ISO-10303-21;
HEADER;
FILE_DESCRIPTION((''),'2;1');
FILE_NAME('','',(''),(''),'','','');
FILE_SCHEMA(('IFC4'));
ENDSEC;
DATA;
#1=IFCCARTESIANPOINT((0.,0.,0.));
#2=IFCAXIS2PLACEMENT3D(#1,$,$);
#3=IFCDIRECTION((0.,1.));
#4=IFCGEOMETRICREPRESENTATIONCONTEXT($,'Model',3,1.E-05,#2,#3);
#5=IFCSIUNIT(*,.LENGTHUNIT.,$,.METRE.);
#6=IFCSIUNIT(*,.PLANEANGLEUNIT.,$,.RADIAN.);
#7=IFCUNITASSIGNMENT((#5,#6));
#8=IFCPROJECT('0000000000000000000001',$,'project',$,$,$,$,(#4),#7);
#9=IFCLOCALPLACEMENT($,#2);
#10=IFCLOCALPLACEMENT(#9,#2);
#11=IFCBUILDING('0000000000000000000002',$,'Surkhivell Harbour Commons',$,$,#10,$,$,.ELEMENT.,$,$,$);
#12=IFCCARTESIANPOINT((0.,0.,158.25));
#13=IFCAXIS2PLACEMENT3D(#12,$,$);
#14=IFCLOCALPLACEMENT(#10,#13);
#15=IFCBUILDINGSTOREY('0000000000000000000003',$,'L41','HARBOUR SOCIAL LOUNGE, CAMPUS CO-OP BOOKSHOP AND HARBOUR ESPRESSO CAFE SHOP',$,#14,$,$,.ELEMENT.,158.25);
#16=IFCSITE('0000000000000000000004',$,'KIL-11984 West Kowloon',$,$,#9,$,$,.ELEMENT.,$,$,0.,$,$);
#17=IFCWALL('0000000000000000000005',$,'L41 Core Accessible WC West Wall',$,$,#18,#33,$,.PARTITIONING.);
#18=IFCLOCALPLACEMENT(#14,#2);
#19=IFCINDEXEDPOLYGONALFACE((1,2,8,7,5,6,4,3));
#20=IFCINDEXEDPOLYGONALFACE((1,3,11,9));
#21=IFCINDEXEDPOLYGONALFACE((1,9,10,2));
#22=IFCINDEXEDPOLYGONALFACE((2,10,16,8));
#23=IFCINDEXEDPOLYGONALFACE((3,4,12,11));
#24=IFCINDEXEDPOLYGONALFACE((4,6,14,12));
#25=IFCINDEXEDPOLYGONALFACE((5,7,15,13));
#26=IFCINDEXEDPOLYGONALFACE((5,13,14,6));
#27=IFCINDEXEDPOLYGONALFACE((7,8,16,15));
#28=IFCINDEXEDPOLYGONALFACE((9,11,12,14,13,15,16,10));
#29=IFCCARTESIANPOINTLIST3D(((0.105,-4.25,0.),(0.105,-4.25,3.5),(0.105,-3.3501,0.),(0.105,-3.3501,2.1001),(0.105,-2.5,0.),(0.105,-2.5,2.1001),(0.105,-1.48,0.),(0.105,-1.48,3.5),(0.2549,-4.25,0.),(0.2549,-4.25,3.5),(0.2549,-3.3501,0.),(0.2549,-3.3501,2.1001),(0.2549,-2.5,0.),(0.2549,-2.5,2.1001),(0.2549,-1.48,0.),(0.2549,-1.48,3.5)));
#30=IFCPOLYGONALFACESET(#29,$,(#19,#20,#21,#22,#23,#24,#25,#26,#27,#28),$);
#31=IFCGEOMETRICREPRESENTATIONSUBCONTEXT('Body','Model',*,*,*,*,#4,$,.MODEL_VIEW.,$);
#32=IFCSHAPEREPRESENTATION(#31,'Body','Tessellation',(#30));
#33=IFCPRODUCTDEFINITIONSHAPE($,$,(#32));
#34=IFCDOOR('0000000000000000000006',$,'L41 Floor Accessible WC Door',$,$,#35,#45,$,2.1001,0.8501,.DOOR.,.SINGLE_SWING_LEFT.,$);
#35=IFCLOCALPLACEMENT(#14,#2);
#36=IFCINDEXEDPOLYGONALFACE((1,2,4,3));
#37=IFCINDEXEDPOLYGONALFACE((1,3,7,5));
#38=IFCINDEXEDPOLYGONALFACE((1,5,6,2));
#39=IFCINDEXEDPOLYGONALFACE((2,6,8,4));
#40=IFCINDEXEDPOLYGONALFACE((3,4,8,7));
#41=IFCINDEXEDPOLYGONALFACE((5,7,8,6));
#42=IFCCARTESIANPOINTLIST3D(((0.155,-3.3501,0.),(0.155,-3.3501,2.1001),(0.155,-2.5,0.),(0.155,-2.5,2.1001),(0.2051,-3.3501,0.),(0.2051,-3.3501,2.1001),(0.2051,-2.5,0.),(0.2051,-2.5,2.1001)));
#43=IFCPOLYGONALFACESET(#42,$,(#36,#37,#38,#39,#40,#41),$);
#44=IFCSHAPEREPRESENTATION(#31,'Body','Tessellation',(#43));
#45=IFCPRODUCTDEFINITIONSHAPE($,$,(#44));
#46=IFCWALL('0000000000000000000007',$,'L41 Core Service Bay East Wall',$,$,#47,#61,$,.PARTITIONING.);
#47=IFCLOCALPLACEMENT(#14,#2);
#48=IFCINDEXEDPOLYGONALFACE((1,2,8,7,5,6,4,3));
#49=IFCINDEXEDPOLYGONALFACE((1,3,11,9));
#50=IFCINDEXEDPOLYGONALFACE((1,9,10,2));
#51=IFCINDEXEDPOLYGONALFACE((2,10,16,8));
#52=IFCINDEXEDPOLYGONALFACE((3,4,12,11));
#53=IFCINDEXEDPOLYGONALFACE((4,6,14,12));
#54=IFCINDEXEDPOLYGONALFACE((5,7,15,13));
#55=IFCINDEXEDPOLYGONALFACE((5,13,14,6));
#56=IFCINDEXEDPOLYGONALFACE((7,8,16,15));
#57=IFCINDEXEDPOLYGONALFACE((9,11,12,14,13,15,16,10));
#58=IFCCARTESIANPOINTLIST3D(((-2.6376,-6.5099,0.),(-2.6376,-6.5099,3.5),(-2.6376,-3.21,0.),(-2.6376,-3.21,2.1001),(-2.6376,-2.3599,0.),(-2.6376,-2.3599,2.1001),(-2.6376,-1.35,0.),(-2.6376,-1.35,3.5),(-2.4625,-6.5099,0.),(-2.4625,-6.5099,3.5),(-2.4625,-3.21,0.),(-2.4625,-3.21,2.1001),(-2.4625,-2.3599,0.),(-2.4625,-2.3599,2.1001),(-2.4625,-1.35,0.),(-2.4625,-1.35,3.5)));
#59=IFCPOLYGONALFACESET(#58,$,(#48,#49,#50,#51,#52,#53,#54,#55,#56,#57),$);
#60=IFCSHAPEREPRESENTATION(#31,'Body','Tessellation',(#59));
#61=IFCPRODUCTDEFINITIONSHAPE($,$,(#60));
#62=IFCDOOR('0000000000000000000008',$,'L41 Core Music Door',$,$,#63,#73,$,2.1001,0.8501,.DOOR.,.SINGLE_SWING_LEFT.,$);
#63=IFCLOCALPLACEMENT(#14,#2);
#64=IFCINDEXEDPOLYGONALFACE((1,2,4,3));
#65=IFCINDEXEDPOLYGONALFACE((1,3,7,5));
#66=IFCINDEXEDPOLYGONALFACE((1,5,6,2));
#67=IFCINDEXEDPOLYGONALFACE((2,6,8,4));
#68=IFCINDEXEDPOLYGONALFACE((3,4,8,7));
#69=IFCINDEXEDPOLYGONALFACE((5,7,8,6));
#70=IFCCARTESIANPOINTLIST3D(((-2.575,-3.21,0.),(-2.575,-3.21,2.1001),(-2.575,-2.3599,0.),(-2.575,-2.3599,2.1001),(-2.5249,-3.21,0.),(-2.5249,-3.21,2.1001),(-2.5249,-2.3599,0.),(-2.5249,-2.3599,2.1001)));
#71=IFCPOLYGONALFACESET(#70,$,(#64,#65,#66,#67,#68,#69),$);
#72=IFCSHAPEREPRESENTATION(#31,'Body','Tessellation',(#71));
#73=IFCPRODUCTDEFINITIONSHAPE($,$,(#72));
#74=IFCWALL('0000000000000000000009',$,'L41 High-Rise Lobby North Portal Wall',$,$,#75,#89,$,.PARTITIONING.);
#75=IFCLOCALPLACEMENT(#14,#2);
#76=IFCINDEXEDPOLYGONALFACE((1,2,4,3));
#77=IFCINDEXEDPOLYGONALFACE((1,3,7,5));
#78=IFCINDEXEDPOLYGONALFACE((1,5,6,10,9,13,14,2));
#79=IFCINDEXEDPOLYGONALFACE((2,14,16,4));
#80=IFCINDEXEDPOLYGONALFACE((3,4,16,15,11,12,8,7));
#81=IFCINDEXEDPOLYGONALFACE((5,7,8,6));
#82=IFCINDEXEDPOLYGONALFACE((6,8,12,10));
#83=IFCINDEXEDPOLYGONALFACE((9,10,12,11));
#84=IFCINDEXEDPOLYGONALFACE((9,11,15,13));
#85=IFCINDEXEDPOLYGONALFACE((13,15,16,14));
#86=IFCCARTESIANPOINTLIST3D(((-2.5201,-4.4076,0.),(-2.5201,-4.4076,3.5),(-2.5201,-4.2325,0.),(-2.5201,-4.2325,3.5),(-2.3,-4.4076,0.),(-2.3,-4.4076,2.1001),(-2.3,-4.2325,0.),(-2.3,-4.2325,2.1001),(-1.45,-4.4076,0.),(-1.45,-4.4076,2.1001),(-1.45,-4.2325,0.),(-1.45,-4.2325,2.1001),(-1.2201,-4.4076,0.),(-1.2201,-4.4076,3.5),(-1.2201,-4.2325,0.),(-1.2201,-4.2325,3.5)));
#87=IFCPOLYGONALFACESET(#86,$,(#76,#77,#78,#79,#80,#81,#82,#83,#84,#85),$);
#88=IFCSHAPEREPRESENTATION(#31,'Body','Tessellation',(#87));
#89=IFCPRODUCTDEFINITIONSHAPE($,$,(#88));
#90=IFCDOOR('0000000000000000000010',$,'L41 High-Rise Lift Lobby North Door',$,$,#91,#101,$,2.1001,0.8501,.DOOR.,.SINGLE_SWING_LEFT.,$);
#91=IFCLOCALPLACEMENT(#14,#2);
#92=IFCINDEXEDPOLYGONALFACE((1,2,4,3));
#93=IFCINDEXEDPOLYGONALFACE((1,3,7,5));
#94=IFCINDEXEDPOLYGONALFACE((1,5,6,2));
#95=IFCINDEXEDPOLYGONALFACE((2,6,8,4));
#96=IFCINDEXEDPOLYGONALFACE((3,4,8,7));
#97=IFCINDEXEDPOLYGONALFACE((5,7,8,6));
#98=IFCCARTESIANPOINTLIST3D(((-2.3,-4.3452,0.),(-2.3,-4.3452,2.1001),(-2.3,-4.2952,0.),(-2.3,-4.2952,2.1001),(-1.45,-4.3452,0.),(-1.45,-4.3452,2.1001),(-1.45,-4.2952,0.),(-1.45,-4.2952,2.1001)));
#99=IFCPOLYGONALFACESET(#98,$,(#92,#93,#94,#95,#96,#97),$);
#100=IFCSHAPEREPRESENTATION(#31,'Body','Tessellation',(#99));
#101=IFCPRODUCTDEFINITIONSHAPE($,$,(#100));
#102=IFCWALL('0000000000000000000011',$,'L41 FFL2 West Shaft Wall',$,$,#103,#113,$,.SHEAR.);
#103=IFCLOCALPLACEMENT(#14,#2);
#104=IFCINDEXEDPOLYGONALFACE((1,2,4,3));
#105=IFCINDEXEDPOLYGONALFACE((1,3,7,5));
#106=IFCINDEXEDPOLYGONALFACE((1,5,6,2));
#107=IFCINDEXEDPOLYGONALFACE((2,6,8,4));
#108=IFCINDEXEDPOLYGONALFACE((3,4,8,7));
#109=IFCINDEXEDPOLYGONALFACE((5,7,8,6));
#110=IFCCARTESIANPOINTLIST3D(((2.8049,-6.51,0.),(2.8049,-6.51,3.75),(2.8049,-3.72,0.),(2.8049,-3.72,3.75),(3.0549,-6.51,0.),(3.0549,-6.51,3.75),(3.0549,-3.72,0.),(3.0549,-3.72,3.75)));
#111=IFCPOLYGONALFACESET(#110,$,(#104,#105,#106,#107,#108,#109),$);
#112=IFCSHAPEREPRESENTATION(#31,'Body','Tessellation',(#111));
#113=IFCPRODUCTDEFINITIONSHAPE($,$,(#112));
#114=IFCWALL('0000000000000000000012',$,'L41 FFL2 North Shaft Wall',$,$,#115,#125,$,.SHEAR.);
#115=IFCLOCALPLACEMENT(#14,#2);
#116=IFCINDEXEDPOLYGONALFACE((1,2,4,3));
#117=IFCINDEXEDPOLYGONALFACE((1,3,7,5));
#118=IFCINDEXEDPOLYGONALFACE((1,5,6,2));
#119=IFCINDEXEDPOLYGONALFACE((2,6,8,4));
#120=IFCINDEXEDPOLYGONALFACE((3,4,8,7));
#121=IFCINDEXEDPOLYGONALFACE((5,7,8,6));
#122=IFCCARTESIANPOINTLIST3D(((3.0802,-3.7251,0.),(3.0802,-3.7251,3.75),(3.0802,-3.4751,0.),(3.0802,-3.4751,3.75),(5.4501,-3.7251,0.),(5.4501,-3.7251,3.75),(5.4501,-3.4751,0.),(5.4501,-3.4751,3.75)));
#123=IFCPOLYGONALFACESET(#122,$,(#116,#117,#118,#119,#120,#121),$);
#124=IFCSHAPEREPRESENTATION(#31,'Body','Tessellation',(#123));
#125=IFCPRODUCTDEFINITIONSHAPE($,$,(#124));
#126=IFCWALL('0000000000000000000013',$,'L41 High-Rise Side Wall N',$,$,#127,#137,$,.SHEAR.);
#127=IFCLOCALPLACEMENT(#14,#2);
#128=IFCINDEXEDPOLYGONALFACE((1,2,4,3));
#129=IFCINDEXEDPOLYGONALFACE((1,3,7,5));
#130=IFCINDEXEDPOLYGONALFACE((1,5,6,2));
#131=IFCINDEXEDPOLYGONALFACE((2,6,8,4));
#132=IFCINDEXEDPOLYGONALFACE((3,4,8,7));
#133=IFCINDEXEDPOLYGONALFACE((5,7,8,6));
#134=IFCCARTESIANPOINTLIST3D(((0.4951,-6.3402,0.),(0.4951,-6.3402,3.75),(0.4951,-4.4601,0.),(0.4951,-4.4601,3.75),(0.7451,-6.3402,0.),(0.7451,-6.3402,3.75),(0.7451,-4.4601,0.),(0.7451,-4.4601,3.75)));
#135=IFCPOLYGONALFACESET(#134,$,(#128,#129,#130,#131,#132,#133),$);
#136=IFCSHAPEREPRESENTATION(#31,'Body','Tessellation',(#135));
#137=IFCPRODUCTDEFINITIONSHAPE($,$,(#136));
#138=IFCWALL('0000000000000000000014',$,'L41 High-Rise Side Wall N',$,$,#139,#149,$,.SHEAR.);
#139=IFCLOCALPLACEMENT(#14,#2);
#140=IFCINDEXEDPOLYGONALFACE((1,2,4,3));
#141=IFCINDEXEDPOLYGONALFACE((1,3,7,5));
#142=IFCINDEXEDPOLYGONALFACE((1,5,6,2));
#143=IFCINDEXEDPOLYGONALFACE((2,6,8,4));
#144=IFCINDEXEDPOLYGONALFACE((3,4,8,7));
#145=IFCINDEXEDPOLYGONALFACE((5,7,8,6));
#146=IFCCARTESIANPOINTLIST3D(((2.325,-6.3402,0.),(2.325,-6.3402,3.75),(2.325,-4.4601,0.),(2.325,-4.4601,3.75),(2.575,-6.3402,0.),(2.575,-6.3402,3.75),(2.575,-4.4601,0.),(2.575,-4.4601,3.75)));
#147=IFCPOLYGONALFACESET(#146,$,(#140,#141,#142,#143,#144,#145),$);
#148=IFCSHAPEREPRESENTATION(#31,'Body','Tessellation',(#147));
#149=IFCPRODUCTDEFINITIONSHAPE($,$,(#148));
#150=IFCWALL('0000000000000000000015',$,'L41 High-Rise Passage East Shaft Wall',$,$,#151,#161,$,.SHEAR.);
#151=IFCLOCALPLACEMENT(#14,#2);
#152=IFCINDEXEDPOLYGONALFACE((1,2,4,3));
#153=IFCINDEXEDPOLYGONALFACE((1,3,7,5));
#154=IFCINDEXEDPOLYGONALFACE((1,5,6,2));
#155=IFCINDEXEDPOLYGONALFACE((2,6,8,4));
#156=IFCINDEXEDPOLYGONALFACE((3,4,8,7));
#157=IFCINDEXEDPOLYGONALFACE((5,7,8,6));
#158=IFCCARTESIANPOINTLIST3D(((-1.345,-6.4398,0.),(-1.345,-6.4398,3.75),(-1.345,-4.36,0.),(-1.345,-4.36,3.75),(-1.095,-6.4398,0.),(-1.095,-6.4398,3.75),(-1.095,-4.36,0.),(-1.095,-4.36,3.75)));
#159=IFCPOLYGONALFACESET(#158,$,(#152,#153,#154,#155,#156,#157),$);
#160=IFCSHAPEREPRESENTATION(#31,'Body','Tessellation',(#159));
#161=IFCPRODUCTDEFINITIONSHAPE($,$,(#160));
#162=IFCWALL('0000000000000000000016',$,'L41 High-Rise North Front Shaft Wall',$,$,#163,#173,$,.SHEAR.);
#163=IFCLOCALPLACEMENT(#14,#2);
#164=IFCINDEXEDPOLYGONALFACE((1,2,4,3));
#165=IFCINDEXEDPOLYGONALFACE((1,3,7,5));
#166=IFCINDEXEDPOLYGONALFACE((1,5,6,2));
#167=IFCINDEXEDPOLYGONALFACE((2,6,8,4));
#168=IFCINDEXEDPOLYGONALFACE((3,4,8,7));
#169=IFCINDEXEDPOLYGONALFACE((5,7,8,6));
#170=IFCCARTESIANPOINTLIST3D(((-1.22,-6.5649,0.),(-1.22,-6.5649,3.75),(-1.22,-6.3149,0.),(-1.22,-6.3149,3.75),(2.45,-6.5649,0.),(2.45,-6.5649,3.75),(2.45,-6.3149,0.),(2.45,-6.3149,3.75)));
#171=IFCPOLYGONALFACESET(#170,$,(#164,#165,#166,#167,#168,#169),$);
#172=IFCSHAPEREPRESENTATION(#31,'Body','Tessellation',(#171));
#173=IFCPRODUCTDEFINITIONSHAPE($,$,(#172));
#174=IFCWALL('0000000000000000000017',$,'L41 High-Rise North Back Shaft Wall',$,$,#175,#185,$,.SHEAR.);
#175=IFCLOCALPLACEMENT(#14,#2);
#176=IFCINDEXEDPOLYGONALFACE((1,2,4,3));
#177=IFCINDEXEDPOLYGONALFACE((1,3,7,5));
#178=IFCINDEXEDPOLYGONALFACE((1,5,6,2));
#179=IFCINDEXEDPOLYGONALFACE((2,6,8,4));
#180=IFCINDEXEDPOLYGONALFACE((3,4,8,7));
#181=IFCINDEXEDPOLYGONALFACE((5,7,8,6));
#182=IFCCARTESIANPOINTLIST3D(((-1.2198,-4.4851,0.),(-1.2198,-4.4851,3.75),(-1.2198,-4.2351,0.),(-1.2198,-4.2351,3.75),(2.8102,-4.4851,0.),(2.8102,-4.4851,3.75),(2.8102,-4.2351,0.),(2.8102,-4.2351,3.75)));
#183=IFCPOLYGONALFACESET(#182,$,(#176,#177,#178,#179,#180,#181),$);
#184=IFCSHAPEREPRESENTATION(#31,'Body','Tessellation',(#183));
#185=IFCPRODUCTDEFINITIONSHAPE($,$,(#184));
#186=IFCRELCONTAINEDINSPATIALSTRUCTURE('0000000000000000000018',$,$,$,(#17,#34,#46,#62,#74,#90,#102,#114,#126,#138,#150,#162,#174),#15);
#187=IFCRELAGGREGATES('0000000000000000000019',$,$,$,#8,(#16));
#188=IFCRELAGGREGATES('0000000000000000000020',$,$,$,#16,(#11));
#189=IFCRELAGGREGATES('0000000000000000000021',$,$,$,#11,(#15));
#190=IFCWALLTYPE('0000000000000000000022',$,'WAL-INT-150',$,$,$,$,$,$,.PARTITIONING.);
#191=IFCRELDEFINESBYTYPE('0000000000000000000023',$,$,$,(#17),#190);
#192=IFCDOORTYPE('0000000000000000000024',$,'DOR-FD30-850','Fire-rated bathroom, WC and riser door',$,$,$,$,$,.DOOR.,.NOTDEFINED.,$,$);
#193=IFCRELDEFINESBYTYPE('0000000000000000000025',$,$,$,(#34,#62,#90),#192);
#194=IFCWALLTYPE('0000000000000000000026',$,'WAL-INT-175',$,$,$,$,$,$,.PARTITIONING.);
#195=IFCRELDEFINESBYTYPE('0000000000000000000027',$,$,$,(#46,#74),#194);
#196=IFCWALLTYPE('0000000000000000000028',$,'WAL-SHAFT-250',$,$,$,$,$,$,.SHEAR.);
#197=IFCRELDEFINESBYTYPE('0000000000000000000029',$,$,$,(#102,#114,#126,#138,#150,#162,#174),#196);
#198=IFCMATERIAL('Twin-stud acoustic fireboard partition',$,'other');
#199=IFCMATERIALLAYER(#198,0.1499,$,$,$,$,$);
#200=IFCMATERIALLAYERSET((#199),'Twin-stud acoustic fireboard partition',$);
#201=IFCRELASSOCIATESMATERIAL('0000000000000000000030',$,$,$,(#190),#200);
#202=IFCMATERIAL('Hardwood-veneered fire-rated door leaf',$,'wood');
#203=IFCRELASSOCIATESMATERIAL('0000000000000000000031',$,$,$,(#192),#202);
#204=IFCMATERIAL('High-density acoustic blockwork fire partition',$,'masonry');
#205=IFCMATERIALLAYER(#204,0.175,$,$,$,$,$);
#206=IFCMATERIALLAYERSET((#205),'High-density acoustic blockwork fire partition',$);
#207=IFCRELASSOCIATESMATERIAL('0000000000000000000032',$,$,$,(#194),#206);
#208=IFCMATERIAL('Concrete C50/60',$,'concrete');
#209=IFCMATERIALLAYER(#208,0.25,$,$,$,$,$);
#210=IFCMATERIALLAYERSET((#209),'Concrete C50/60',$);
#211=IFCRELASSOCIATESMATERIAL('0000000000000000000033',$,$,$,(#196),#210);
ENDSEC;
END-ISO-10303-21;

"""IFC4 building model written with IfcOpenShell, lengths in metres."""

from ifc_helpers import new_model, si_unit, direction, frame, frame_2d, origin, place, context, subcontext, project, spatial, rectangle, extrude, material, layer, layer_set, type_object, element, fill, save


model = new_model("IFC4")

# Units and contexts
model_context = context("Model", 3, precision=1e-05, world=origin(), true_north=direction((0.0, 1.0)))
body_context = subcontext(model_context, "Body", "Model", "MODEL_VIEW")
ifc_project = project(units=[si_unit("LENGTHUNIT", "METRE"), si_unit("PLANEANGLEUNIT", "RADIAN")], contexts=[model_context])

# Site, building, storey
site_placement = place(None, origin())
site = spatial("IfcSite", under=ifc_project, at=site_placement, Name="KIL-11984 West Kowloon", CompositionType="ELEMENT", RefElevation=0.0)
building_placement = place(site_placement, origin())
building = spatial("IfcBuilding", under=site, at=building_placement, Name="Surkhivell Harbour Commons", CompositionType="ELEMENT")
storey_placement = place(building_placement, frame((0.0, 0.0, 158.25)))
storey = spatial("IfcBuildingStorey", under=building, at=storey_placement, Name="L41", Description="HARBOUR SOCIAL LOUNGE, CAMPUS CO-OP BOOKSHOP AND HARBOUR ESPRESSO CAFE SHOP", CompositionType="ELEMENT", Elevation=158.25)

# Shared definitions
ifc_material_1 = material(Name="Twin-stud acoustic fireboard partition", Category="other")
ifc_layer_1 = layer(ifc_material_1, 0.1499)
ifc_layer_set_1 = layer_set([ifc_layer_1], Name="Twin-stud acoustic fireboard partition")
wall_type_1 = type_object("IfcWallType", Name="WAL-INT-150", PredefinedType="PARTITIONING", material=ifc_layer_set_1)

# Walls, openings, doors
wall_1_placement = place(storey_placement, frame((0.1799, -4.25, 0.0), z_axis=(0.0, 0.0, 1.0), x_axis=(0.0, 1.0, 0.0)))
wall_1 = element("IfcWall", 1, at=wall_1_placement, inside=storey, type_object=wall_type_1, Name="L41 Core Accessible WC West Wall", PredefinedType="PARTITIONING", context=body_context, shape_type="SweptSolid", body=[
    extrude(rectangle(XDim=2.77, YDim=0.1499, at=frame_2d((1.385, 0.0))), origin(), (0.0, 0.0, 1.0), 3.5),
])
opening_1_placement = place(wall_1_placement, frame((0.8999, 0.0, 0.0)))
opening_1 = element("IfcOpeningElement", 2, at=opening_1_placement, cuts=wall_1, PredefinedType="OPENING", context=body_context, shape_type="SweptSolid", body=[
    extrude(rectangle(XDim=0.8501, YDim=2.1001, at=frame_2d((0.425, 1.05))), frame((0.0, 0.085, 0.0), z_axis=(0.0, -1.0, 0.0), x_axis=(1.0, 0.0, 0.0)), (0.0, 0.0, 1.0), 0.1699),
])
ifc_material_2 = material(Name="Hardwood-veneered fire-rated door leaf", Category="wood")
door_type_1 = type_object("IfcDoorType", Name="DOR-FD30-850", Description="Fire-rated bathroom, WC and riser door", OperationType="NOTDEFINED", PredefinedType="DOOR", material=ifc_material_2)
door_1_placement = place(opening_1_placement, origin())
door_1 = element("IfcDoor", 3, at=door_1_placement, inside=storey, type_object=door_type_1, Name="L41 Floor Accessible WC Door", OperationType="SINGLE_SWING_LEFT", OverallHeight=2.1001, OverallWidth=0.8501, PredefinedType="DOOR", context=body_context, shape_type="SweptSolid", body=[
    extrude(rectangle(XDim=0.8501, YDim=2.1001, at=frame_2d((0.425, 1.05))), frame((0.0, 0.0249, 0.0), z_axis=(0.0, -1.0, 0.0), x_axis=(1.0, 0.0, 0.0)), (0.0, 0.0, 1.0), 0.05),
])
fill(opening_1, door_1)
ifc_material_3 = material(Name="High-density acoustic blockwork fire partition", Category="masonry")
ifc_layer_2 = layer(ifc_material_3, 0.175)
ifc_layer_set_2 = layer_set([ifc_layer_2], Name="High-density acoustic blockwork fire partition")
wall_type_2 = type_object("IfcWallType", Name="WAL-INT-175", PredefinedType="PARTITIONING", material=ifc_layer_set_2)
wall_2_placement = place(storey_placement, frame((-2.55, -6.51, 0.0), z_axis=(0.0, 0.0, 1.0), x_axis=(0.0, 1.0, 0.0)))
wall_2 = element("IfcWall", 4, at=wall_2_placement, inside=storey, type_object=wall_type_2, Name="L41 Core Service Bay East Wall", PredefinedType="PARTITIONING", context=body_context, shape_type="SweptSolid", body=[
    extrude(rectangle(XDim=5.1599, YDim=0.175, at=frame_2d((2.5801, 0.0))), origin(), (0.0, 0.0, 1.0), 3.5),
])
opening_2_placement = place(wall_2_placement, frame((3.3, 0.0, 0.0)))
opening_2 = element("IfcOpeningElement", 5, at=opening_2_placement, cuts=wall_2, PredefinedType="OPENING", context=body_context, shape_type="SweptSolid", body=[
    extrude(rectangle(XDim=0.8501, YDim=2.1001, at=frame_2d((0.425, 1.05))), frame((0.0, 0.0974, 0.0), z_axis=(0.0, -1.0, 0.0), x_axis=(1.0, 0.0, 0.0)), (0.0, 0.0, 1.0), 0.1951),
])
door_2_placement = place(opening_2_placement, origin())
door_2 = element("IfcDoor", 6, at=door_2_placement, inside=storey, type_object=door_type_1, Name="L41 Core Music Door", OperationType="SINGLE_SWING_LEFT", OverallHeight=2.1001, OverallWidth=0.8501, PredefinedType="DOOR", context=body_context, shape_type="SweptSolid", body=[
    extrude(rectangle(XDim=0.8501, YDim=2.1001, at=frame_2d((0.425, 1.05))), frame((0.0, 0.0249, 0.0), z_axis=(0.0, -1.0, 0.0), x_axis=(1.0, 0.0, 0.0)), (0.0, 0.0, 1.0), 0.05),
])
fill(opening_2, door_2)
wall_3_placement = place(storey_placement, frame((-2.52, -4.3201, 0.0), z_axis=(0.0, 0.0, 1.0), x_axis=(1.0, 0.0, 0.0)))
wall_3 = element("IfcWall", 7, at=wall_3_placement, inside=storey, type_object=wall_type_2, Name="L41 High-Rise Lobby North Portal Wall", PredefinedType="PARTITIONING", context=body_context, shape_type="SweptSolid", body=[
    extrude(rectangle(XDim=1.3, YDim=0.175, at=frame_2d((0.6499, 0.0))), origin(), (0.0, 0.0, 1.0), 3.5),
])
opening_3_placement = place(wall_3_placement, frame((0.22, 0.0, 0.0)))
opening_3 = element("IfcOpeningElement", 8, at=opening_3_placement, cuts=wall_3, PredefinedType="OPENING", context=body_context, shape_type="SweptSolid", body=[
    extrude(rectangle(XDim=0.8501, YDim=2.1001, at=frame_2d((0.425, 1.05))), frame((0.0, 0.0974, 0.0), z_axis=(0.0, -1.0, 0.0), x_axis=(1.0, 0.0, 0.0)), (0.0, 0.0, 1.0), 0.1951),
])
door_3_placement = place(opening_3_placement, origin())
door_3 = element("IfcDoor", 9, at=door_3_placement, inside=storey, type_object=door_type_1, Name="L41 High-Rise Lift Lobby North Door", OperationType="SINGLE_SWING_LEFT", OverallHeight=2.1001, OverallWidth=0.8501, PredefinedType="DOOR", context=body_context, shape_type="SweptSolid", body=[
    extrude(rectangle(XDim=0.8501, YDim=2.1001, at=frame_2d((0.425, 1.05))), frame((0.0, 0.0249, 0.0), z_axis=(0.0, -1.0, 0.0), x_axis=(1.0, 0.0, 0.0)), (0.0, 0.0, 1.0), 0.05),
])
fill(opening_3, door_3)

# Walls
ifc_material_4 = material(Name="Concrete C50/60", Category="concrete")
ifc_layer_3 = layer(ifc_material_4, 0.25)
ifc_layer_set_3 = layer_set([ifc_layer_3], Name="Concrete C50/60")
wall_type_3 = type_object("IfcWallType", Name="WAL-SHAFT-250", PredefinedType="SHEAR", material=ifc_layer_set_3)
wall_4_placement = place(storey_placement, frame((2.9299, -6.51, 0.0), z_axis=(0.0, 0.0, 1.0), x_axis=(0.0, 1.0, 0.0)))
element("IfcWall", 10, at=wall_4_placement, inside=storey, type_object=wall_type_3, Name="L41 FFL2 West Shaft Wall", PredefinedType="SHEAR", context=body_context, shape_type="SweptSolid", body=[
    extrude(rectangle(XDim=2.79, YDim=0.25, at=frame_2d((1.395, 0.0))), origin(), (0.0, 0.0, 1.0), 3.75),
])
wall_5_placement = place(storey_placement, frame((3.0801, -3.6001, 0.0), z_axis=(0.0, 0.0, 1.0), x_axis=(1.0, 0.0, 0.0)))
element("IfcWall", 11, at=wall_5_placement, inside=storey, type_object=wall_type_3, Name="L41 FFL2 North Shaft Wall", PredefinedType="SHEAR", context=body_context, shape_type="SweptSolid", body=[
    extrude(rectangle(XDim=2.3699, YDim=0.25, at=frame_2d((1.1851, 0.0))), origin(), (0.0, 0.0, 1.0), 3.75),
])
for number, where, z_axis, x_axis, name in (
    (12, (0.6201, -6.3401, 0.0), (0.0, 0.0, 1.0), (0.0, 1.0, 0.0), "L41 High-Rise Side Wall N"),
    (13, (2.45, -6.3401, 0.0), (0.0, 0.0, 1.0), (0.0, 1.0, 0.0), "L41 High-Rise Side Wall N"),
):
    element("IfcWall", number, at=place(storey_placement, frame(where, z_axis=z_axis, x_axis=x_axis)), inside=storey, type_object=wall_type_3, Name=name, PredefinedType="SHEAR", context=body_context, shape_type="SweptSolid", body=[
        extrude(rectangle(XDim=1.8801, YDim=0.25, at=frame_2d((0.9399, 0.0))), origin(), (0.0, 0.0, 1.0), 3.75),
    ])
wall_6_placement = place(storey_placement, frame((-1.22, -6.4399, 0.0), z_axis=(0.0, 0.0, 1.0), x_axis=(0.0, 1.0, 0.0)))
element("IfcWall", 14, at=wall_6_placement, inside=storey, type_object=wall_type_3, Name="L41 High-Rise Passage East Shaft Wall", PredefinedType="SHEAR", context=body_context, shape_type="SweptSolid", body=[
    extrude(rectangle(XDim=2.0798, YDim=0.25, at=frame_2d((1.04, 0.0))), origin(), (0.0, 0.0, 1.0), 3.75),
])
wall_7_placement = place(storey_placement, frame((-1.22, -6.4399, 0.0), z_axis=(0.0, 0.0, 1.0), x_axis=(1.0, 0.0, 0.0)))
element("IfcWall", 15, at=wall_7_placement, inside=storey, type_object=wall_type_3, Name="L41 High-Rise North Front Shaft Wall", PredefinedType="SHEAR", context=body_context, shape_type="SweptSolid", body=[
    extrude(rectangle(XDim=3.6699, YDim=0.25, at=frame_2d((1.835, 0.0))), origin(), (0.0, 0.0, 1.0), 3.75),
])
wall_8_placement = place(storey_placement, frame((-1.22, -4.3601, 0.0), z_axis=(0.0, 0.0, 1.0), x_axis=(1.0, 0.0, 0.0)))
element("IfcWall", 16, at=wall_8_placement, inside=storey, type_object=wall_type_3, Name="L41 High-Rise North Back Shaft Wall", PredefinedType="SHEAR", context=body_context, shape_type="SweptSolid", body=[
    extrude(rectangle(XDim=4.03, YDim=0.25, at=frame_2d((2.0151, 0.0))), origin(), (0.0, 0.0, 1.0), 3.75),
])

save(model, "model.ifc")
